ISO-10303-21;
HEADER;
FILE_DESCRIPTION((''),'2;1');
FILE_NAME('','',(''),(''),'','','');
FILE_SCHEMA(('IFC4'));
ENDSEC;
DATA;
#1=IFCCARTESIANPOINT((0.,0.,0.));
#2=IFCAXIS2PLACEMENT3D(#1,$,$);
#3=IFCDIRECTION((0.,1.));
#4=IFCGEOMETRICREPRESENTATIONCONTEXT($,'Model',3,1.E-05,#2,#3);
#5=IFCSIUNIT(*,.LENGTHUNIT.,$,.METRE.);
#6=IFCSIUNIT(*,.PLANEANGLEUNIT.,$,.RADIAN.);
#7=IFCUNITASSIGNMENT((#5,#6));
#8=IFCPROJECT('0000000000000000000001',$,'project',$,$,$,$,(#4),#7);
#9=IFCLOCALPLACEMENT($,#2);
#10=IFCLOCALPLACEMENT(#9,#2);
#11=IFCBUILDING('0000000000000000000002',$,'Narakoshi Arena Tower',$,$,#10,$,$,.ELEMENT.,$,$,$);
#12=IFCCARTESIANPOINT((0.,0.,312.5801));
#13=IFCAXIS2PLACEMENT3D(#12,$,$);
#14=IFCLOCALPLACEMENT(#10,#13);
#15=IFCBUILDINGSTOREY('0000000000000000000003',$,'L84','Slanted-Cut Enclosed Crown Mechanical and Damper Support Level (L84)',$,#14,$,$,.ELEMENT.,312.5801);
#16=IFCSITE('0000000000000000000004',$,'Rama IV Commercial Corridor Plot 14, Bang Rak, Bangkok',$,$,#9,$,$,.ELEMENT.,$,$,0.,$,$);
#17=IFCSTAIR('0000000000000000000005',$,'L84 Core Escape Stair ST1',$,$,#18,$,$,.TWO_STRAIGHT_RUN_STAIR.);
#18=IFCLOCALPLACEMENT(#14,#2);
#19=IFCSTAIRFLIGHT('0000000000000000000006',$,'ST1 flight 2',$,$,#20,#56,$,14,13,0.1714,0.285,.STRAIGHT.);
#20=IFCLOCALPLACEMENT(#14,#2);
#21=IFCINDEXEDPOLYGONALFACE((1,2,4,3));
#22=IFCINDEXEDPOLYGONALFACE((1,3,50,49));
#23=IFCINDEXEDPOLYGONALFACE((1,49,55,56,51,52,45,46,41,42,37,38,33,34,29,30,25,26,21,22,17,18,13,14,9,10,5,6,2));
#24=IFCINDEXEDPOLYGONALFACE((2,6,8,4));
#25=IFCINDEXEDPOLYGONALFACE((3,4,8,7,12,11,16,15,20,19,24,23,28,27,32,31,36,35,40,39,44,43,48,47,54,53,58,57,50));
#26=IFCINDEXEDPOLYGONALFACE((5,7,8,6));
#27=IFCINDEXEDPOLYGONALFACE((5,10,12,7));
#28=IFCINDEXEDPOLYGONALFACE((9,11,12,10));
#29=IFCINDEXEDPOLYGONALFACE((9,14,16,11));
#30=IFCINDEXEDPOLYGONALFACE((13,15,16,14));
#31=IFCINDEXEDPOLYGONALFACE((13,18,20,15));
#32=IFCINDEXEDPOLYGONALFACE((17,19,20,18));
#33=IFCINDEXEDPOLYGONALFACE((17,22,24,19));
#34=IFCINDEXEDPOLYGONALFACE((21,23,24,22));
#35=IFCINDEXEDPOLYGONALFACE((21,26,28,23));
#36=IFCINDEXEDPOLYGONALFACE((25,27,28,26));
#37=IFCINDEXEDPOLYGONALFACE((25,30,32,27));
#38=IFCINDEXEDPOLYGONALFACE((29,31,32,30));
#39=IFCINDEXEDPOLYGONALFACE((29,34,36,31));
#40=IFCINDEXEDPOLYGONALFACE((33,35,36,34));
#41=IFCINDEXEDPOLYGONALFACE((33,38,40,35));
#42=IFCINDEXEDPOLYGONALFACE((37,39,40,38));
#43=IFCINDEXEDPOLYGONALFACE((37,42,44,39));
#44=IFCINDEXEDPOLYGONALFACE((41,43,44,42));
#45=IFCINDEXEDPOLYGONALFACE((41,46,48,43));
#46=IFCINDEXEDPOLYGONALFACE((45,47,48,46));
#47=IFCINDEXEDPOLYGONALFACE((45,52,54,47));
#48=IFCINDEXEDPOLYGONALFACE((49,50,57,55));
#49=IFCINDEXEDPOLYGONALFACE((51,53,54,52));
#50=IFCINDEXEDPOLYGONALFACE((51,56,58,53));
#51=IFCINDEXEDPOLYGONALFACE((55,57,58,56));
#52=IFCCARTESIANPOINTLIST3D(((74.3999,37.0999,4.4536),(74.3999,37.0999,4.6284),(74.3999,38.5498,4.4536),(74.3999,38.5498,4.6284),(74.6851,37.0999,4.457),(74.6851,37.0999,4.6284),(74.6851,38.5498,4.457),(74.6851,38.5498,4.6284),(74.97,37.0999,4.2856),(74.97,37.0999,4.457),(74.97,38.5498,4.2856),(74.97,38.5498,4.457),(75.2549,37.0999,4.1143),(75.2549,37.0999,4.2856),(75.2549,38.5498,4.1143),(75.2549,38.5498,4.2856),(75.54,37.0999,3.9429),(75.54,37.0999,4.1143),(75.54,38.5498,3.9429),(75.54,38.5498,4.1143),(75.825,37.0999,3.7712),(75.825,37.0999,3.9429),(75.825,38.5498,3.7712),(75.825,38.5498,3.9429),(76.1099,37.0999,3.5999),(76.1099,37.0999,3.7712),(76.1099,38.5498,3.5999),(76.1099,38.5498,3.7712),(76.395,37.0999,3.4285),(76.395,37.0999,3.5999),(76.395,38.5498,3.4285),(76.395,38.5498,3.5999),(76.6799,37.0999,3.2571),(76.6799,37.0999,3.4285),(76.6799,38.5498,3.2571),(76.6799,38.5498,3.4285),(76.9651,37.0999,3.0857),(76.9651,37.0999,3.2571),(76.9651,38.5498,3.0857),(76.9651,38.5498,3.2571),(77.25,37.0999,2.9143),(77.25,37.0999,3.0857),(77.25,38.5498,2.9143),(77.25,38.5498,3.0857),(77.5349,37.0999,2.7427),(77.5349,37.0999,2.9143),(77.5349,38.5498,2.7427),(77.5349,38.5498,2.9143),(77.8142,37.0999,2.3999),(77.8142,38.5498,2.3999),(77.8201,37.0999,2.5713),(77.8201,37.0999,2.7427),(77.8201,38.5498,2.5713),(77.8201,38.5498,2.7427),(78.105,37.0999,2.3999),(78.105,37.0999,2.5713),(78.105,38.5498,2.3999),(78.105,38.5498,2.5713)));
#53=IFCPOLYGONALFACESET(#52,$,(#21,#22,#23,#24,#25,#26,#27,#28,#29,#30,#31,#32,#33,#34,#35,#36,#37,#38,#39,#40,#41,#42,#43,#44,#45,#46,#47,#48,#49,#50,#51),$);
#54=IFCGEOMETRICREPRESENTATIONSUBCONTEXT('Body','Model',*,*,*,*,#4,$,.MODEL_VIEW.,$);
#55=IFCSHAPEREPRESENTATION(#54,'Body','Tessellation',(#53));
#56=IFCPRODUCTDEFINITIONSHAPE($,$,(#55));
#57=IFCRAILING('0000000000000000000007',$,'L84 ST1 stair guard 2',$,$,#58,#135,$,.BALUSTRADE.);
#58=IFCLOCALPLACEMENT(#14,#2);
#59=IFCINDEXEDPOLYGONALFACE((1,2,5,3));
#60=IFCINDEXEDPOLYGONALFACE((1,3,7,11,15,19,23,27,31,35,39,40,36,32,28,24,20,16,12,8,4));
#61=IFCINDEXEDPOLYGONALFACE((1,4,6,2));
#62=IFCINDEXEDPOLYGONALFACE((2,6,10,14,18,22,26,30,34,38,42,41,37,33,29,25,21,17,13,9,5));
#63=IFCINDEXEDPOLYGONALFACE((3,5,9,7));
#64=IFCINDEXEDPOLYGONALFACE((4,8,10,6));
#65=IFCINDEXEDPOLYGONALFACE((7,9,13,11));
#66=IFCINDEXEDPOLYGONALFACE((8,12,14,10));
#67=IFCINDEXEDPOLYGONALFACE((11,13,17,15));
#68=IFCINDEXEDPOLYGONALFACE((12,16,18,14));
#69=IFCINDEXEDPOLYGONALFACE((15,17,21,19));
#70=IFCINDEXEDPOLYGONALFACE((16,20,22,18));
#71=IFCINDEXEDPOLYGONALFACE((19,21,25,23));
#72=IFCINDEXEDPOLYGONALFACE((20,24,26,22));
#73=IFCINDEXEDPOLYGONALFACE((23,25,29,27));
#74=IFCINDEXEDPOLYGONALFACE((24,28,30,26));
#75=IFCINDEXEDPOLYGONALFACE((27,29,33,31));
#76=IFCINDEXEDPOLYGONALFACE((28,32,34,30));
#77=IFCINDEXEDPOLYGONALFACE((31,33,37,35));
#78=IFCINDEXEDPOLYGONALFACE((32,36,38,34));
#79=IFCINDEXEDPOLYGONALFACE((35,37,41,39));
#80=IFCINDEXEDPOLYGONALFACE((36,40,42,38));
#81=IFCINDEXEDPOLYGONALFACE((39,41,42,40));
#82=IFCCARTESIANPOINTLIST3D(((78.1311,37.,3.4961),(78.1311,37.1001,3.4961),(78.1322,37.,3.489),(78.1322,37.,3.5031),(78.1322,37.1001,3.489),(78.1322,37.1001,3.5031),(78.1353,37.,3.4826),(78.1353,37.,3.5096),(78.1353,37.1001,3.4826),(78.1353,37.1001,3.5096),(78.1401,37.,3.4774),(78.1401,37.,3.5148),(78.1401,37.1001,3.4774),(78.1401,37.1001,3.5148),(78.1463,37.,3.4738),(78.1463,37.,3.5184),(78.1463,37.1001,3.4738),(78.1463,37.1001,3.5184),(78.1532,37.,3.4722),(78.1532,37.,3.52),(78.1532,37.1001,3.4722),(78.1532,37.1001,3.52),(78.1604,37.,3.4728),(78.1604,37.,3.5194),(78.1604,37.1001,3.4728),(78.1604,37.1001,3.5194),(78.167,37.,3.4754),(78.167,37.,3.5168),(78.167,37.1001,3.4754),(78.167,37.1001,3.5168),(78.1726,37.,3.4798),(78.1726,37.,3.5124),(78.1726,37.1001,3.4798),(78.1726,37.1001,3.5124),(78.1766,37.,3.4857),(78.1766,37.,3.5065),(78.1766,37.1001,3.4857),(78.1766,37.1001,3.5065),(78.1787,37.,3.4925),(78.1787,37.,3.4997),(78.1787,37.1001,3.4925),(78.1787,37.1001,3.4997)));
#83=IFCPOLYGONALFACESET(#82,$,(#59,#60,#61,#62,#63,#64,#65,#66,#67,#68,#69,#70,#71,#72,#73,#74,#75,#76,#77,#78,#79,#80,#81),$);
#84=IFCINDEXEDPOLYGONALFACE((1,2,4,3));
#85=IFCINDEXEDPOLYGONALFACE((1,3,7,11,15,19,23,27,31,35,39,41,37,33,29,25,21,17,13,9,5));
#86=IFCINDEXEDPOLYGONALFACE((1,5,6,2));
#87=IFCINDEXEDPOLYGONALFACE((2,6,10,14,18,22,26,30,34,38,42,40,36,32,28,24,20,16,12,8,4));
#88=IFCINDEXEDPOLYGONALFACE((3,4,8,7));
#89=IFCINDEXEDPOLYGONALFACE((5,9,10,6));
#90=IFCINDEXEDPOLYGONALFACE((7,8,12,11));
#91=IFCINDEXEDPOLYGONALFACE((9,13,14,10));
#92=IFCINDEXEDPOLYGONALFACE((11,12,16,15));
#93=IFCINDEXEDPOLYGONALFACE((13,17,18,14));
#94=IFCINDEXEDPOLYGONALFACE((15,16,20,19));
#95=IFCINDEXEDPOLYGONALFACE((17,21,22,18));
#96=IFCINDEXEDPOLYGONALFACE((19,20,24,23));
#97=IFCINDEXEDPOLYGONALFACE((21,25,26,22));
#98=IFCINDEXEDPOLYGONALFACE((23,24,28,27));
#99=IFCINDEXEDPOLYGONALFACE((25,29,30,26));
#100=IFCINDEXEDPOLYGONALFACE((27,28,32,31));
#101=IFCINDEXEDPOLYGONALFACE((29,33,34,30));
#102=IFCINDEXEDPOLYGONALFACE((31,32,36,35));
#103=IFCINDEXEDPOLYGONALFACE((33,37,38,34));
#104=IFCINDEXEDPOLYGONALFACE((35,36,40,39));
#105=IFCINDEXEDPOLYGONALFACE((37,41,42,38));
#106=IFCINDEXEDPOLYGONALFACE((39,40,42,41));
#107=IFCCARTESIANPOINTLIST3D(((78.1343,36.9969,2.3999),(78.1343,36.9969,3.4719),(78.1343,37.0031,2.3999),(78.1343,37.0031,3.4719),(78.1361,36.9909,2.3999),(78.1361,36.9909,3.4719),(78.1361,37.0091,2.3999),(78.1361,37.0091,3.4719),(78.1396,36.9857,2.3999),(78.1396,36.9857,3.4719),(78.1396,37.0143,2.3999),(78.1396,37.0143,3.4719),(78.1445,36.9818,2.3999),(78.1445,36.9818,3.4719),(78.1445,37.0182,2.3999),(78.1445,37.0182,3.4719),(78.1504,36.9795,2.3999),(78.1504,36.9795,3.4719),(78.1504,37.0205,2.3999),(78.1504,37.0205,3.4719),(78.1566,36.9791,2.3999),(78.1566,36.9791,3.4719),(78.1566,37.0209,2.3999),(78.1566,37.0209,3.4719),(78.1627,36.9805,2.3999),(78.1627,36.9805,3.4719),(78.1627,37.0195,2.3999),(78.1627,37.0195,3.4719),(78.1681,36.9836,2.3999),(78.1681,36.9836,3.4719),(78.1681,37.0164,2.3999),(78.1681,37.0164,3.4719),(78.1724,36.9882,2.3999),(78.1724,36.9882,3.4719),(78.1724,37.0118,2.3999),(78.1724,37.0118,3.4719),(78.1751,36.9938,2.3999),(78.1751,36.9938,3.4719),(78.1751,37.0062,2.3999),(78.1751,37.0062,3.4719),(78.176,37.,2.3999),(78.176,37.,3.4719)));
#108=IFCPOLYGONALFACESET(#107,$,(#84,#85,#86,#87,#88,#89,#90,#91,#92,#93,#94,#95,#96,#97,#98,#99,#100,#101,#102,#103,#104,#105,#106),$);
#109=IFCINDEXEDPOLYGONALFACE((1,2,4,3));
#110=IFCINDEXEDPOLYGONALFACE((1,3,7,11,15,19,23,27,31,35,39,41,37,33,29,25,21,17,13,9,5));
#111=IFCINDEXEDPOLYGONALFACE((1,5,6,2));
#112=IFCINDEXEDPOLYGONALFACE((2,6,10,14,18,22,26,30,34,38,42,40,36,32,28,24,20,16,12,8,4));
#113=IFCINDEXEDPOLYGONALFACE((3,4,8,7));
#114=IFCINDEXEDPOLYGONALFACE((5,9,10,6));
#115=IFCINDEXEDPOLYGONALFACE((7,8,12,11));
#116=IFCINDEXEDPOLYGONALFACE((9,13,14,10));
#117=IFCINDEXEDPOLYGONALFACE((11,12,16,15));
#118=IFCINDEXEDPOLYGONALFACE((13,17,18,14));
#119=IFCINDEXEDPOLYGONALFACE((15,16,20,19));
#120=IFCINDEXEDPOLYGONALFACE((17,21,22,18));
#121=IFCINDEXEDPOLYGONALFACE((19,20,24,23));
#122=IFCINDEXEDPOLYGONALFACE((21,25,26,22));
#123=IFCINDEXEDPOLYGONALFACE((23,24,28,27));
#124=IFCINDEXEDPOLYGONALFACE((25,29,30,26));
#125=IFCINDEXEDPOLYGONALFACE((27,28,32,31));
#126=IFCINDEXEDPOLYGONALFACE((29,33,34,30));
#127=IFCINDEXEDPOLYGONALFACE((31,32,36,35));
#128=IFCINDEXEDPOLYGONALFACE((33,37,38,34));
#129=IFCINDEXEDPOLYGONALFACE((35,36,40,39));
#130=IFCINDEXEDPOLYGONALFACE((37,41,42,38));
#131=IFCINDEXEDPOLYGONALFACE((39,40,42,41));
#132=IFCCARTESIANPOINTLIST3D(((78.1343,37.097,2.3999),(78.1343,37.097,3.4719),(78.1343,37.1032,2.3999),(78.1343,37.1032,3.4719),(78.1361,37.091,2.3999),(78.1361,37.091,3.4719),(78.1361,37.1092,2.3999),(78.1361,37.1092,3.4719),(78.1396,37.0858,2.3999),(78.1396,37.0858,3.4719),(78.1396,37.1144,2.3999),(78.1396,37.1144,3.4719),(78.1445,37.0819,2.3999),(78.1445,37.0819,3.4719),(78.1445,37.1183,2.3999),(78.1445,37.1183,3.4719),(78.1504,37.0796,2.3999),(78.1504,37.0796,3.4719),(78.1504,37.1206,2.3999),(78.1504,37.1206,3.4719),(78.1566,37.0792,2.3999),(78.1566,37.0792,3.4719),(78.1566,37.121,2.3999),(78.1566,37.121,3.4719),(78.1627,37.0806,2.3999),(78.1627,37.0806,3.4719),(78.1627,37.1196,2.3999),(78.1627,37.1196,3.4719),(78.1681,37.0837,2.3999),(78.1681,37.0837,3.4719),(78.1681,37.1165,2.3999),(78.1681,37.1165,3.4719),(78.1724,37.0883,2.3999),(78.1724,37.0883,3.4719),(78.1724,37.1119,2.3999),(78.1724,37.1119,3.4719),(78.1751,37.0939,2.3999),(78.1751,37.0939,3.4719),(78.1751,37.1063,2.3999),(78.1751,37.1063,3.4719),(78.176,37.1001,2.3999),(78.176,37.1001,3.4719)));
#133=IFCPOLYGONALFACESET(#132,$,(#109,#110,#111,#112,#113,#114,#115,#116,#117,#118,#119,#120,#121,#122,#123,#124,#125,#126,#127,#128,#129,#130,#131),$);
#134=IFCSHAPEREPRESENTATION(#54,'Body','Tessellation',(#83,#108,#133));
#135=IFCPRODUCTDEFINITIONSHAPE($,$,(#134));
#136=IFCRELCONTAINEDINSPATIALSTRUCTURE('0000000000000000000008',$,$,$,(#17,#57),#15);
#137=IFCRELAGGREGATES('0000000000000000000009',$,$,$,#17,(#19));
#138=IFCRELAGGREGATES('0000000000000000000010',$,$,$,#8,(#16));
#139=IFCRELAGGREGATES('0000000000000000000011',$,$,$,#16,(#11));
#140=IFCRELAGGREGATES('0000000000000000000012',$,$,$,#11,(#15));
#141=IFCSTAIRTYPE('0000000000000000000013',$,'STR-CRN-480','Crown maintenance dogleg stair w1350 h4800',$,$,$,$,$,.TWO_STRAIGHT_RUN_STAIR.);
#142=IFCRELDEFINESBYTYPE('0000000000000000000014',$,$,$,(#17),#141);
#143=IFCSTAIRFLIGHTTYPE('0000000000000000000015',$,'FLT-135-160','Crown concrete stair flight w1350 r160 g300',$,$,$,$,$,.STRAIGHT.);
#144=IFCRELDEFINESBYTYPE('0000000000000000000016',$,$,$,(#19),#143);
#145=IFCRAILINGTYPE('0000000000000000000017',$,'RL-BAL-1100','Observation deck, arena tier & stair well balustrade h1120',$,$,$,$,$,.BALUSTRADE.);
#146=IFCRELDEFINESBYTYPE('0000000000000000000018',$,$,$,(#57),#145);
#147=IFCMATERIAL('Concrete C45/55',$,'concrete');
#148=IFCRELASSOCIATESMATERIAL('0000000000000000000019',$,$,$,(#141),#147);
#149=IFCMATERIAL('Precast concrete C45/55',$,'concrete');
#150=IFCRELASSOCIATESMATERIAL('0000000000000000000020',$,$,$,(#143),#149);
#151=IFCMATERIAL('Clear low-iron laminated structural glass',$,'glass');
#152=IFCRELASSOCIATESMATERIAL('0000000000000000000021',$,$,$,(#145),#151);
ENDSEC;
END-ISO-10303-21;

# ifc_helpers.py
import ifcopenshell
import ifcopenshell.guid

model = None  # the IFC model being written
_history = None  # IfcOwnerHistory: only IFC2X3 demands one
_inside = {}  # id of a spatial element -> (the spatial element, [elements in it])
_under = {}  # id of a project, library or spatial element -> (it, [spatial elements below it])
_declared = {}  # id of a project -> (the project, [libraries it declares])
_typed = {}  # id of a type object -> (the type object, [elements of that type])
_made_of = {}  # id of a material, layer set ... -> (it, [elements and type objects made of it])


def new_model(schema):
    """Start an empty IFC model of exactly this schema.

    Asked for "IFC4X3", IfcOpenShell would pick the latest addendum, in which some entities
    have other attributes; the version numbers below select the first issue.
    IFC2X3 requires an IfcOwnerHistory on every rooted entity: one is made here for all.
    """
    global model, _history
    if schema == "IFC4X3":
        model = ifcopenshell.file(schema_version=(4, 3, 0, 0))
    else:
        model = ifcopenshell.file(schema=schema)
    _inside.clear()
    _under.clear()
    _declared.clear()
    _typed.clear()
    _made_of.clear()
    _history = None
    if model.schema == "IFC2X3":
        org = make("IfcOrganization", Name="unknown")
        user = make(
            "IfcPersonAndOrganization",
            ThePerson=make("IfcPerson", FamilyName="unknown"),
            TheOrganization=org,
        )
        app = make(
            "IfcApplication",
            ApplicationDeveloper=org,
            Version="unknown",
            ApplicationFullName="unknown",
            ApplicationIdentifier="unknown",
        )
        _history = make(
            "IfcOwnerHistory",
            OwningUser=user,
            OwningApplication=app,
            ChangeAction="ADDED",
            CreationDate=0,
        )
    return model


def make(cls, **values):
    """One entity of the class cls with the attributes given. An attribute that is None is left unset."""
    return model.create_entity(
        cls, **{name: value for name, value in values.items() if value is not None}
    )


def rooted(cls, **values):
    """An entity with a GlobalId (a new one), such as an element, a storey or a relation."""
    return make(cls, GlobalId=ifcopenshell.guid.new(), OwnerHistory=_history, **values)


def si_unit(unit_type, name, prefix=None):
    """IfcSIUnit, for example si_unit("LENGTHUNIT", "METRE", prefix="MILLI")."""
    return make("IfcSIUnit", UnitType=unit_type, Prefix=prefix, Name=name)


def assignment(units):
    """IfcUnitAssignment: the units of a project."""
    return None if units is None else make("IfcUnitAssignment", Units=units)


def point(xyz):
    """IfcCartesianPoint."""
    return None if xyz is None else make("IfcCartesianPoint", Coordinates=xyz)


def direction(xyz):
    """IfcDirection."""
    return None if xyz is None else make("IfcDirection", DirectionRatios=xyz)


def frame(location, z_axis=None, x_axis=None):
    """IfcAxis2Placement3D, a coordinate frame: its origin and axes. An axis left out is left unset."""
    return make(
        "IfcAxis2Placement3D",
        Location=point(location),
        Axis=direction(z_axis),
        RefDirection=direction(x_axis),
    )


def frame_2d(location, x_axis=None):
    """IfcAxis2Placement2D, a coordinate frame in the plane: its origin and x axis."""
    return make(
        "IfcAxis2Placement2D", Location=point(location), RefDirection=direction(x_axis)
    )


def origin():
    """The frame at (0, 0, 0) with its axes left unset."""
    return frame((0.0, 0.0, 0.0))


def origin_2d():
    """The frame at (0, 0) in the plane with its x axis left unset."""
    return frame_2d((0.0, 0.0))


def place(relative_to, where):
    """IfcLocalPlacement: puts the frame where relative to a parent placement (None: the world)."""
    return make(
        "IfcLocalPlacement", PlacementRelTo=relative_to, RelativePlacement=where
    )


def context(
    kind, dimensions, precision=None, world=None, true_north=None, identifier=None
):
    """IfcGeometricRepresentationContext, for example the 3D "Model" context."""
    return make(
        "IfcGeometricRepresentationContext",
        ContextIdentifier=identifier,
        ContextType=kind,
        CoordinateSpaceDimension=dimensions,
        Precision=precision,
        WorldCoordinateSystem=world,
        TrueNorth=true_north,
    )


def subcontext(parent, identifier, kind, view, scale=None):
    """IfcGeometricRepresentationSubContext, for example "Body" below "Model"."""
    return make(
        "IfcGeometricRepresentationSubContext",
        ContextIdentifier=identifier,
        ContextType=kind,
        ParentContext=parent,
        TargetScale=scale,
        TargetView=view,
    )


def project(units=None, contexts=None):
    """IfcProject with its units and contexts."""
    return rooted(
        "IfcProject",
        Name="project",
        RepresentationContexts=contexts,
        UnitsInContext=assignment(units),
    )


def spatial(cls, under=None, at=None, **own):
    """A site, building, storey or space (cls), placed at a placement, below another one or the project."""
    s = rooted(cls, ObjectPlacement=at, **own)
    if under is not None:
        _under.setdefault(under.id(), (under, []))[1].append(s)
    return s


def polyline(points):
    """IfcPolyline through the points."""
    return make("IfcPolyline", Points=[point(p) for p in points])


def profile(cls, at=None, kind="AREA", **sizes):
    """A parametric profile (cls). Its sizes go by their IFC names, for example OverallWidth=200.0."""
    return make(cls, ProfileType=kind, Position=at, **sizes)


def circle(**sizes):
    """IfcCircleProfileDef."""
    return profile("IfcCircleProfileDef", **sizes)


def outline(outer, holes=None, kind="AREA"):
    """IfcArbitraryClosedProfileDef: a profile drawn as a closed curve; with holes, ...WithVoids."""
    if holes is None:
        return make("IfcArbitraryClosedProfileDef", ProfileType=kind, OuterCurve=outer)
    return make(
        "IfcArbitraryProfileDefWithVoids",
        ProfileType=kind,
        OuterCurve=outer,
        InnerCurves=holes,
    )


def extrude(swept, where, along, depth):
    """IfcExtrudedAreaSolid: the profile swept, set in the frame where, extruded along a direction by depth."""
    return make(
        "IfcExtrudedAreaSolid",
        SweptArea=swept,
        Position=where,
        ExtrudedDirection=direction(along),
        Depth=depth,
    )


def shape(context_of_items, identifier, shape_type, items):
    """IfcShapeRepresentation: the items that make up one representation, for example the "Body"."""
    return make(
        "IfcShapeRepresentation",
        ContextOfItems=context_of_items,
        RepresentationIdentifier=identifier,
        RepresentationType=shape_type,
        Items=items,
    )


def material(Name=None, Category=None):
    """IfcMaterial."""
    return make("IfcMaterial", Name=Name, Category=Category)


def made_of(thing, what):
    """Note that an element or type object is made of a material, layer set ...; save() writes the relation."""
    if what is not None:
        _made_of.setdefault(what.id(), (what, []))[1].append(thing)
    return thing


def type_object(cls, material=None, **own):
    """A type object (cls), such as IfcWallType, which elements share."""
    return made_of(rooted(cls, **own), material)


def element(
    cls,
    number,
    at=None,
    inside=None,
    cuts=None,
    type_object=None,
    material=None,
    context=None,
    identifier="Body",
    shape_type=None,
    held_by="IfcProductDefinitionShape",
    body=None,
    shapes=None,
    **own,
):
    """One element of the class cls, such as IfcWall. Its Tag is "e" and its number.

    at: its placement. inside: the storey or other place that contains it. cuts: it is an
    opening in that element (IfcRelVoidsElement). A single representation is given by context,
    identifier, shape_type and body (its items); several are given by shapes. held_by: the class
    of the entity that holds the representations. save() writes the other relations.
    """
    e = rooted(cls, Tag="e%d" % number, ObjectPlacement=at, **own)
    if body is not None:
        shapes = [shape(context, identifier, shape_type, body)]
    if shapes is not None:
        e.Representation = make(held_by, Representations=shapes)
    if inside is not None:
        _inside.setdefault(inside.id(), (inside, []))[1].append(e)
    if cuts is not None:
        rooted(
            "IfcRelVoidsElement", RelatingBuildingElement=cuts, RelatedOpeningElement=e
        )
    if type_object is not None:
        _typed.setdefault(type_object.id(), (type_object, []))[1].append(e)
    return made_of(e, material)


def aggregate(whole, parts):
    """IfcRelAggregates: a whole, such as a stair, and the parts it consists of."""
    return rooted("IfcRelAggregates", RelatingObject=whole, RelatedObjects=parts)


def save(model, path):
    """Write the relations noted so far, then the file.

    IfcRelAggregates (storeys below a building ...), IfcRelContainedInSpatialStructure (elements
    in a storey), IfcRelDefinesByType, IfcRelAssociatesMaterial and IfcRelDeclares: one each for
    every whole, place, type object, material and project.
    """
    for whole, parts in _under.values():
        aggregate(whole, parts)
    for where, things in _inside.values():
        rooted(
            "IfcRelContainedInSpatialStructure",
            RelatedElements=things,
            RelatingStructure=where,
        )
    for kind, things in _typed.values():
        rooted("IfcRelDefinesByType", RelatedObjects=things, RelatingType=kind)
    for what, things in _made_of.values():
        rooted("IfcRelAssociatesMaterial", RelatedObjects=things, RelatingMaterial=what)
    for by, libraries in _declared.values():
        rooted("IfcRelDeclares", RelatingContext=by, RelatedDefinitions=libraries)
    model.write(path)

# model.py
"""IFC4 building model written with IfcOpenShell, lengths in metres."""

from ifc_helpers import new_model, si_unit, direction, frame, origin, origin_2d, place, context, subcontext, project, spatial, polyline, circle, outline, extrude, material, type_object, element, aggregate, save


model = new_model("IFC4")

# Units and contexts
model_context = context("Model", 3, precision=1e-05, world=origin(), true_north=direction((0.0, 1.0)))
body_context = subcontext(model_context, "Body", "Model", "MODEL_VIEW")
ifc_project = project(units=[si_unit("LENGTHUNIT", "METRE"), si_unit("PLANEANGLEUNIT", "RADIAN")], contexts=[model_context])

# Site, building, storey
site_placement = place(None, origin())
site = spatial("IfcSite", under=ifc_project, at=site_placement, Name="Rama IV Commercial Corridor Plot 14, Bang Rak, Bangkok", CompositionType="ELEMENT", RefElevation=0.0)
building_placement = place(site_placement, origin())
building = spatial("IfcBuilding", under=site, at=building_placement, Name="Narakoshi Arena Tower", CompositionType="ELEMENT")
storey_placement = place(building_placement, frame((0.0, 0.0, 312.5801)))
storey = spatial("IfcBuildingStorey", under=building, at=storey_placement, Name="L84", Description="Slanted-Cut Enclosed Crown Mechanical and Damper Support Level (L84)", CompositionType="ELEMENT", Elevation=312.5801)

# Shared definitions
ifc_material_1 = material(Name="Precast concrete C45/55", Category="concrete")

# Stair, stair flight
ifc_material_2 = material(Name="Concrete C45/55", Category="concrete")
stair_type = type_object("IfcStairType", Name="STR-CRN-480", Description="Crown maintenance dogleg stair w1350 h4800", PredefinedType="TWO_STRAIGHT_RUN_STAIR", material=ifc_material_2)
stair_placement = place(storey_placement, origin())
stair = element("IfcStair", 1, at=stair_placement, inside=storey, type_object=stair_type, Name="L84 Core Escape Stair ST1", PredefinedType="TWO_STRAIGHT_RUN_STAIR")
stair_flight_type = type_object("IfcStairFlightType", Name="FLT-135-160", Description="Crown concrete stair flight w1350 r160 g300", PredefinedType="STRAIGHT", material=ifc_material_1)
stair_flight_placement = place(storey_placement, frame((78.105, 37.825, 2.3999), z_axis=(0.0, 0.0, 1.0), x_axis=(-1.0, 0.0, 0.0)))
stair_flight = element("IfcStairFlight", 2, at=stair_flight_placement, type_object=stair_flight_type, Name="ST1 flight 2", NumberOfRisers=14, NumberOfTreads=13, PredefinedType="STRAIGHT", RiserHeight=0.1714, TreadLength=0.285, context=body_context, shape_type="SweptSolid", body=[
    extrude(outline(polyline([(0.0, 0.0), (0.0, 0.1714), (0.2849, 0.1714), (0.2849, 0.3428), (0.5701, 0.3428), (0.5701, 0.5144), (0.855, 0.5144), (0.855, 0.6858), (1.1399, 0.6858), (1.1399, 0.8572), (1.425, 0.8572), (1.425, 1.0286), (1.71, 1.0286), (1.71, 1.2), (1.9951, 1.2), (1.9951, 1.3713), (2.28, 1.3713), (2.28, 1.543), (2.5649, 1.543), (2.5649, 1.7144), (2.8501, 1.7144), (2.8501, 1.8857), (3.135, 1.8857), (3.135, 2.0571), (3.4199, 2.0571), (3.4199, 2.2285), (3.7051, 2.2285), (3.7051, 2.3999), (3.7051, 2.0537), (0.2908, 0.0), (0.0, 0.0)])), frame((0.0, 0.7251, 0.0), z_axis=(0.0, -1.0, 0.0), x_axis=(1.0, 0.0, 0.0)), (0.0, 0.0, 1.0), 1.45),
])
aggregate(stair, [stair_flight])

# Railing
ifc_material_3 = material(Name="Clear low-iron laminated structural glass", Category="glass")
railing_type_1 = type_object("IfcRailingType", Name="RL-BAL-1100", Description="Observation deck, arena tier & stair well balustrade h1120", PredefinedType="BALUSTRADE", material=ifc_material_3)
railing_1_placement = place(storey_placement, frame((78.155, 37.0, 2.3999)))
element("IfcRailing", 3, at=railing_1_placement, inside=storey, type_object=railing_type_1, Name="L84 ST1 stair guard 2", PredefinedType="BALUSTRADE", context=body_context, shape_type="SweptSolid", body=[
    extrude(circle(Radius=0.0239, at=origin_2d()), frame((0.0, 0.0, 1.0962), z_axis=(0.0, 1.0, 0.0), x_axis=(-1.0, 0.0, 0.0)), (0.0, 0.0, 1.0), 0.1001),
    extrude(circle(Radius=0.021, at=origin_2d()), origin(), (0.0, 0.0, 1.0), 1.072),
    extrude(circle(Radius=0.021, at=origin_2d()), frame((0.0, 0.1001, 0.0)), (0.0, 0.0, 1.0), 1.072),
])

save(model, "model.ifc")
